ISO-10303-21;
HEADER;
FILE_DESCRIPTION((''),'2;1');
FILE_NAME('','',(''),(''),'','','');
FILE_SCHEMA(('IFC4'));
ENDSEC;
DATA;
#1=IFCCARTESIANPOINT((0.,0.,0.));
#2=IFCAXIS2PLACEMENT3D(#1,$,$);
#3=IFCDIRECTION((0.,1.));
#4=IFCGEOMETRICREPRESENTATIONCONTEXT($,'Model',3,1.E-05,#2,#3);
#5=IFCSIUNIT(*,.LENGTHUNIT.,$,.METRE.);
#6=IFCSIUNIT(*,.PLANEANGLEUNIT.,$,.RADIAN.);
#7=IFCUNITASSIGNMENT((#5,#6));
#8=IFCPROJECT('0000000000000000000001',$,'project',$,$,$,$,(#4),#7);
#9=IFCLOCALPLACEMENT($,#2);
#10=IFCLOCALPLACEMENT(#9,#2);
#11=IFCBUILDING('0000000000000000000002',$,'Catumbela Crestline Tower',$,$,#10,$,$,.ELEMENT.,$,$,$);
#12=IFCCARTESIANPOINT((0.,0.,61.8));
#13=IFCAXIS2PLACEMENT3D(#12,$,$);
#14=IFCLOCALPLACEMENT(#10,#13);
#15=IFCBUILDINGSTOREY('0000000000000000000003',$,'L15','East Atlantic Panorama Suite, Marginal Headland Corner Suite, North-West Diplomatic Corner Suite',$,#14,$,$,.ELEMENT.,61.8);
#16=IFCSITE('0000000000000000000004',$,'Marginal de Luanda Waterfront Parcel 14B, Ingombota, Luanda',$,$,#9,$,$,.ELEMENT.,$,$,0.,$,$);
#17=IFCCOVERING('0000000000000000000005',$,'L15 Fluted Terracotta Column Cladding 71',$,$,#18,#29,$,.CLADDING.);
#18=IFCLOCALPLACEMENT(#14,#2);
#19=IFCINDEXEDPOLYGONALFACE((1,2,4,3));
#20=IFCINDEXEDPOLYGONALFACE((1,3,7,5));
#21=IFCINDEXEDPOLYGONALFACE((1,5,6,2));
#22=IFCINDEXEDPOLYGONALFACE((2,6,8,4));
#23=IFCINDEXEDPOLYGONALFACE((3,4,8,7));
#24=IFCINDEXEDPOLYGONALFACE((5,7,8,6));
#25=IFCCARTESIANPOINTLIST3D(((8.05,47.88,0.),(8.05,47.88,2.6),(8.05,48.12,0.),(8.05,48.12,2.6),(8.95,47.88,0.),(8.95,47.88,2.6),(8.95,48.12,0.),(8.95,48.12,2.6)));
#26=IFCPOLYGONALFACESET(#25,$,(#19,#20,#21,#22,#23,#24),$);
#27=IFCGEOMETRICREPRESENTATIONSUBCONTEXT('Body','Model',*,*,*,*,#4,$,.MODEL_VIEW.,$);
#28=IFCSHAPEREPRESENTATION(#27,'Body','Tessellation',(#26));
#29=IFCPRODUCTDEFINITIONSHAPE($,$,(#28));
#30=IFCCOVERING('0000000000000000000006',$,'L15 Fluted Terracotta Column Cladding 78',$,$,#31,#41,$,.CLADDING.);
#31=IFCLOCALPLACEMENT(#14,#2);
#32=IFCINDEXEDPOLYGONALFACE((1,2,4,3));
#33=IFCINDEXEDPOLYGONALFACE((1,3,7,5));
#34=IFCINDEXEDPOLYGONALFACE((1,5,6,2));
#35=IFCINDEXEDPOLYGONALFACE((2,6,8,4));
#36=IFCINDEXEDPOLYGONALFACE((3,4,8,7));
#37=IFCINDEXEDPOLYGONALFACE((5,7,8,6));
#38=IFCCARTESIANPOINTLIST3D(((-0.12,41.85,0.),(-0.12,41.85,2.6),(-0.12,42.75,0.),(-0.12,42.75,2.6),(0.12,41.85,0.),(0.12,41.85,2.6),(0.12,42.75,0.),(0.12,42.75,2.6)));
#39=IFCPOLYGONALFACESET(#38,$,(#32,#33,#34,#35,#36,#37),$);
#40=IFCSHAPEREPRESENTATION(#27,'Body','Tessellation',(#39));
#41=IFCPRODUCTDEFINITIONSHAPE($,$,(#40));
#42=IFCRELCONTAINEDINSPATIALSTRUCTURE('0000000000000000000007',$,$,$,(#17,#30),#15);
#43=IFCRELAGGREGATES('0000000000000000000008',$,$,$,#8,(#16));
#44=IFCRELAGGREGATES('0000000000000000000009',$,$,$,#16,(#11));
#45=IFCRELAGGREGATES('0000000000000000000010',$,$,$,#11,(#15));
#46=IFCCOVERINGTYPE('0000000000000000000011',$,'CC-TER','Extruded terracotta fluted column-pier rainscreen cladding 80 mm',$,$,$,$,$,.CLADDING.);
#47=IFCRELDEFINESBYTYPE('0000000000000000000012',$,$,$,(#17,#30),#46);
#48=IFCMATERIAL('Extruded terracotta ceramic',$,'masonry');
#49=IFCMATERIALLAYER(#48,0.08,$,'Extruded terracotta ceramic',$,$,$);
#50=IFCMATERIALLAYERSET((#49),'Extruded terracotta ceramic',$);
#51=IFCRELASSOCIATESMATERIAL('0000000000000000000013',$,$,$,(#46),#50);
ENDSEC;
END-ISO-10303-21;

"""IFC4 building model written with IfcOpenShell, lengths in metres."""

from ifc_helpers import new_model, si_unit, direction, frame, origin, origin_2d, place, context, subcontext, project, spatial, rectangle, extrude, material, layer, layer_set, type_object, element, save


model = new_model("IFC4")

# Units and contexts
model_context = context("Model", 3, precision=1e-05, world=origin(), true_north=direction((0.0, 1.0)))
body_context = subcontext(model_context, "Body", "Model", "MODEL_VIEW")
ifc_project = project(units=[si_unit("LENGTHUNIT", "METRE"), si_unit("PLANEANGLEUNIT", "RADIAN")], contexts=[model_context])

# Site, building, storey
site_placement = place(None, origin())
site = spatial("IfcSite", under=ifc_project, at=site_placement, Name="Marginal de Luanda Waterfront Parcel 14B, Ingombota, Luanda", CompositionType="ELEMENT", RefElevation=0.0)
building_placement = place(site_placement, origin())
building = spatial("IfcBuilding", under=site, at=building_placement, Name="Catumbela Crestline Tower", CompositionType="ELEMENT")
storey_placement = place(building_placement, frame((0.0, 0.0, 61.8)))
storey = spatial("IfcBuildingStorey", under=building, at=storey_placement, Name="L15", Description="East Atlantic Panorama Suite, Marginal Headland Corner Suite, North-West Diplomatic Corner Suite", CompositionType="ELEMENT", Elevation=61.8)

# Coverings
ifc_material_1 = material(Name="Extruded terracotta ceramic", Category="masonry")
ifc_layer_1 = layer(ifc_material_1, 0.08, Name="Extruded terracotta ceramic")
ifc_layer_set_1 = layer_set([ifc_layer_1], Name="Extruded terracotta ceramic")
covering_type = type_object("IfcCoveringType", Name="CC-TER", Description="Extruded terracotta fluted column-pier rainscreen cladding 80 mm", PredefinedType="CLADDING", material=ifc_layer_set_1)
for number, where, z_axis, x_axis, name in (
    (1, (8.5, 48.0, 0.0), (0.0, 0.0, 1.0), (-1.0, 0.0, 0.0), "L15 Fluted Terracotta Column Cladding 71"),
    (2, (0.0, 42.3, 0.0), (0.0, 0.0, 1.0), (0.0, -1.0, 0.0), "L15 Fluted Terracotta Column Cladding 78"),
):
    element("IfcCovering", number, at=place(storey_placement, frame(where, z_axis=z_axis, x_axis=x_axis)), inside=storey, type_object=covering_type, Name=name, PredefinedType="CLADDING", context=body_context, shape_type="SweptSolid", body=[
        extrude(rectangle(XDim=0.9, YDim=0.24, at=origin_2d()), origin(), (0.0, 0.0, 1.0), 2.6),
    ])

save(model, "model.ifc")
